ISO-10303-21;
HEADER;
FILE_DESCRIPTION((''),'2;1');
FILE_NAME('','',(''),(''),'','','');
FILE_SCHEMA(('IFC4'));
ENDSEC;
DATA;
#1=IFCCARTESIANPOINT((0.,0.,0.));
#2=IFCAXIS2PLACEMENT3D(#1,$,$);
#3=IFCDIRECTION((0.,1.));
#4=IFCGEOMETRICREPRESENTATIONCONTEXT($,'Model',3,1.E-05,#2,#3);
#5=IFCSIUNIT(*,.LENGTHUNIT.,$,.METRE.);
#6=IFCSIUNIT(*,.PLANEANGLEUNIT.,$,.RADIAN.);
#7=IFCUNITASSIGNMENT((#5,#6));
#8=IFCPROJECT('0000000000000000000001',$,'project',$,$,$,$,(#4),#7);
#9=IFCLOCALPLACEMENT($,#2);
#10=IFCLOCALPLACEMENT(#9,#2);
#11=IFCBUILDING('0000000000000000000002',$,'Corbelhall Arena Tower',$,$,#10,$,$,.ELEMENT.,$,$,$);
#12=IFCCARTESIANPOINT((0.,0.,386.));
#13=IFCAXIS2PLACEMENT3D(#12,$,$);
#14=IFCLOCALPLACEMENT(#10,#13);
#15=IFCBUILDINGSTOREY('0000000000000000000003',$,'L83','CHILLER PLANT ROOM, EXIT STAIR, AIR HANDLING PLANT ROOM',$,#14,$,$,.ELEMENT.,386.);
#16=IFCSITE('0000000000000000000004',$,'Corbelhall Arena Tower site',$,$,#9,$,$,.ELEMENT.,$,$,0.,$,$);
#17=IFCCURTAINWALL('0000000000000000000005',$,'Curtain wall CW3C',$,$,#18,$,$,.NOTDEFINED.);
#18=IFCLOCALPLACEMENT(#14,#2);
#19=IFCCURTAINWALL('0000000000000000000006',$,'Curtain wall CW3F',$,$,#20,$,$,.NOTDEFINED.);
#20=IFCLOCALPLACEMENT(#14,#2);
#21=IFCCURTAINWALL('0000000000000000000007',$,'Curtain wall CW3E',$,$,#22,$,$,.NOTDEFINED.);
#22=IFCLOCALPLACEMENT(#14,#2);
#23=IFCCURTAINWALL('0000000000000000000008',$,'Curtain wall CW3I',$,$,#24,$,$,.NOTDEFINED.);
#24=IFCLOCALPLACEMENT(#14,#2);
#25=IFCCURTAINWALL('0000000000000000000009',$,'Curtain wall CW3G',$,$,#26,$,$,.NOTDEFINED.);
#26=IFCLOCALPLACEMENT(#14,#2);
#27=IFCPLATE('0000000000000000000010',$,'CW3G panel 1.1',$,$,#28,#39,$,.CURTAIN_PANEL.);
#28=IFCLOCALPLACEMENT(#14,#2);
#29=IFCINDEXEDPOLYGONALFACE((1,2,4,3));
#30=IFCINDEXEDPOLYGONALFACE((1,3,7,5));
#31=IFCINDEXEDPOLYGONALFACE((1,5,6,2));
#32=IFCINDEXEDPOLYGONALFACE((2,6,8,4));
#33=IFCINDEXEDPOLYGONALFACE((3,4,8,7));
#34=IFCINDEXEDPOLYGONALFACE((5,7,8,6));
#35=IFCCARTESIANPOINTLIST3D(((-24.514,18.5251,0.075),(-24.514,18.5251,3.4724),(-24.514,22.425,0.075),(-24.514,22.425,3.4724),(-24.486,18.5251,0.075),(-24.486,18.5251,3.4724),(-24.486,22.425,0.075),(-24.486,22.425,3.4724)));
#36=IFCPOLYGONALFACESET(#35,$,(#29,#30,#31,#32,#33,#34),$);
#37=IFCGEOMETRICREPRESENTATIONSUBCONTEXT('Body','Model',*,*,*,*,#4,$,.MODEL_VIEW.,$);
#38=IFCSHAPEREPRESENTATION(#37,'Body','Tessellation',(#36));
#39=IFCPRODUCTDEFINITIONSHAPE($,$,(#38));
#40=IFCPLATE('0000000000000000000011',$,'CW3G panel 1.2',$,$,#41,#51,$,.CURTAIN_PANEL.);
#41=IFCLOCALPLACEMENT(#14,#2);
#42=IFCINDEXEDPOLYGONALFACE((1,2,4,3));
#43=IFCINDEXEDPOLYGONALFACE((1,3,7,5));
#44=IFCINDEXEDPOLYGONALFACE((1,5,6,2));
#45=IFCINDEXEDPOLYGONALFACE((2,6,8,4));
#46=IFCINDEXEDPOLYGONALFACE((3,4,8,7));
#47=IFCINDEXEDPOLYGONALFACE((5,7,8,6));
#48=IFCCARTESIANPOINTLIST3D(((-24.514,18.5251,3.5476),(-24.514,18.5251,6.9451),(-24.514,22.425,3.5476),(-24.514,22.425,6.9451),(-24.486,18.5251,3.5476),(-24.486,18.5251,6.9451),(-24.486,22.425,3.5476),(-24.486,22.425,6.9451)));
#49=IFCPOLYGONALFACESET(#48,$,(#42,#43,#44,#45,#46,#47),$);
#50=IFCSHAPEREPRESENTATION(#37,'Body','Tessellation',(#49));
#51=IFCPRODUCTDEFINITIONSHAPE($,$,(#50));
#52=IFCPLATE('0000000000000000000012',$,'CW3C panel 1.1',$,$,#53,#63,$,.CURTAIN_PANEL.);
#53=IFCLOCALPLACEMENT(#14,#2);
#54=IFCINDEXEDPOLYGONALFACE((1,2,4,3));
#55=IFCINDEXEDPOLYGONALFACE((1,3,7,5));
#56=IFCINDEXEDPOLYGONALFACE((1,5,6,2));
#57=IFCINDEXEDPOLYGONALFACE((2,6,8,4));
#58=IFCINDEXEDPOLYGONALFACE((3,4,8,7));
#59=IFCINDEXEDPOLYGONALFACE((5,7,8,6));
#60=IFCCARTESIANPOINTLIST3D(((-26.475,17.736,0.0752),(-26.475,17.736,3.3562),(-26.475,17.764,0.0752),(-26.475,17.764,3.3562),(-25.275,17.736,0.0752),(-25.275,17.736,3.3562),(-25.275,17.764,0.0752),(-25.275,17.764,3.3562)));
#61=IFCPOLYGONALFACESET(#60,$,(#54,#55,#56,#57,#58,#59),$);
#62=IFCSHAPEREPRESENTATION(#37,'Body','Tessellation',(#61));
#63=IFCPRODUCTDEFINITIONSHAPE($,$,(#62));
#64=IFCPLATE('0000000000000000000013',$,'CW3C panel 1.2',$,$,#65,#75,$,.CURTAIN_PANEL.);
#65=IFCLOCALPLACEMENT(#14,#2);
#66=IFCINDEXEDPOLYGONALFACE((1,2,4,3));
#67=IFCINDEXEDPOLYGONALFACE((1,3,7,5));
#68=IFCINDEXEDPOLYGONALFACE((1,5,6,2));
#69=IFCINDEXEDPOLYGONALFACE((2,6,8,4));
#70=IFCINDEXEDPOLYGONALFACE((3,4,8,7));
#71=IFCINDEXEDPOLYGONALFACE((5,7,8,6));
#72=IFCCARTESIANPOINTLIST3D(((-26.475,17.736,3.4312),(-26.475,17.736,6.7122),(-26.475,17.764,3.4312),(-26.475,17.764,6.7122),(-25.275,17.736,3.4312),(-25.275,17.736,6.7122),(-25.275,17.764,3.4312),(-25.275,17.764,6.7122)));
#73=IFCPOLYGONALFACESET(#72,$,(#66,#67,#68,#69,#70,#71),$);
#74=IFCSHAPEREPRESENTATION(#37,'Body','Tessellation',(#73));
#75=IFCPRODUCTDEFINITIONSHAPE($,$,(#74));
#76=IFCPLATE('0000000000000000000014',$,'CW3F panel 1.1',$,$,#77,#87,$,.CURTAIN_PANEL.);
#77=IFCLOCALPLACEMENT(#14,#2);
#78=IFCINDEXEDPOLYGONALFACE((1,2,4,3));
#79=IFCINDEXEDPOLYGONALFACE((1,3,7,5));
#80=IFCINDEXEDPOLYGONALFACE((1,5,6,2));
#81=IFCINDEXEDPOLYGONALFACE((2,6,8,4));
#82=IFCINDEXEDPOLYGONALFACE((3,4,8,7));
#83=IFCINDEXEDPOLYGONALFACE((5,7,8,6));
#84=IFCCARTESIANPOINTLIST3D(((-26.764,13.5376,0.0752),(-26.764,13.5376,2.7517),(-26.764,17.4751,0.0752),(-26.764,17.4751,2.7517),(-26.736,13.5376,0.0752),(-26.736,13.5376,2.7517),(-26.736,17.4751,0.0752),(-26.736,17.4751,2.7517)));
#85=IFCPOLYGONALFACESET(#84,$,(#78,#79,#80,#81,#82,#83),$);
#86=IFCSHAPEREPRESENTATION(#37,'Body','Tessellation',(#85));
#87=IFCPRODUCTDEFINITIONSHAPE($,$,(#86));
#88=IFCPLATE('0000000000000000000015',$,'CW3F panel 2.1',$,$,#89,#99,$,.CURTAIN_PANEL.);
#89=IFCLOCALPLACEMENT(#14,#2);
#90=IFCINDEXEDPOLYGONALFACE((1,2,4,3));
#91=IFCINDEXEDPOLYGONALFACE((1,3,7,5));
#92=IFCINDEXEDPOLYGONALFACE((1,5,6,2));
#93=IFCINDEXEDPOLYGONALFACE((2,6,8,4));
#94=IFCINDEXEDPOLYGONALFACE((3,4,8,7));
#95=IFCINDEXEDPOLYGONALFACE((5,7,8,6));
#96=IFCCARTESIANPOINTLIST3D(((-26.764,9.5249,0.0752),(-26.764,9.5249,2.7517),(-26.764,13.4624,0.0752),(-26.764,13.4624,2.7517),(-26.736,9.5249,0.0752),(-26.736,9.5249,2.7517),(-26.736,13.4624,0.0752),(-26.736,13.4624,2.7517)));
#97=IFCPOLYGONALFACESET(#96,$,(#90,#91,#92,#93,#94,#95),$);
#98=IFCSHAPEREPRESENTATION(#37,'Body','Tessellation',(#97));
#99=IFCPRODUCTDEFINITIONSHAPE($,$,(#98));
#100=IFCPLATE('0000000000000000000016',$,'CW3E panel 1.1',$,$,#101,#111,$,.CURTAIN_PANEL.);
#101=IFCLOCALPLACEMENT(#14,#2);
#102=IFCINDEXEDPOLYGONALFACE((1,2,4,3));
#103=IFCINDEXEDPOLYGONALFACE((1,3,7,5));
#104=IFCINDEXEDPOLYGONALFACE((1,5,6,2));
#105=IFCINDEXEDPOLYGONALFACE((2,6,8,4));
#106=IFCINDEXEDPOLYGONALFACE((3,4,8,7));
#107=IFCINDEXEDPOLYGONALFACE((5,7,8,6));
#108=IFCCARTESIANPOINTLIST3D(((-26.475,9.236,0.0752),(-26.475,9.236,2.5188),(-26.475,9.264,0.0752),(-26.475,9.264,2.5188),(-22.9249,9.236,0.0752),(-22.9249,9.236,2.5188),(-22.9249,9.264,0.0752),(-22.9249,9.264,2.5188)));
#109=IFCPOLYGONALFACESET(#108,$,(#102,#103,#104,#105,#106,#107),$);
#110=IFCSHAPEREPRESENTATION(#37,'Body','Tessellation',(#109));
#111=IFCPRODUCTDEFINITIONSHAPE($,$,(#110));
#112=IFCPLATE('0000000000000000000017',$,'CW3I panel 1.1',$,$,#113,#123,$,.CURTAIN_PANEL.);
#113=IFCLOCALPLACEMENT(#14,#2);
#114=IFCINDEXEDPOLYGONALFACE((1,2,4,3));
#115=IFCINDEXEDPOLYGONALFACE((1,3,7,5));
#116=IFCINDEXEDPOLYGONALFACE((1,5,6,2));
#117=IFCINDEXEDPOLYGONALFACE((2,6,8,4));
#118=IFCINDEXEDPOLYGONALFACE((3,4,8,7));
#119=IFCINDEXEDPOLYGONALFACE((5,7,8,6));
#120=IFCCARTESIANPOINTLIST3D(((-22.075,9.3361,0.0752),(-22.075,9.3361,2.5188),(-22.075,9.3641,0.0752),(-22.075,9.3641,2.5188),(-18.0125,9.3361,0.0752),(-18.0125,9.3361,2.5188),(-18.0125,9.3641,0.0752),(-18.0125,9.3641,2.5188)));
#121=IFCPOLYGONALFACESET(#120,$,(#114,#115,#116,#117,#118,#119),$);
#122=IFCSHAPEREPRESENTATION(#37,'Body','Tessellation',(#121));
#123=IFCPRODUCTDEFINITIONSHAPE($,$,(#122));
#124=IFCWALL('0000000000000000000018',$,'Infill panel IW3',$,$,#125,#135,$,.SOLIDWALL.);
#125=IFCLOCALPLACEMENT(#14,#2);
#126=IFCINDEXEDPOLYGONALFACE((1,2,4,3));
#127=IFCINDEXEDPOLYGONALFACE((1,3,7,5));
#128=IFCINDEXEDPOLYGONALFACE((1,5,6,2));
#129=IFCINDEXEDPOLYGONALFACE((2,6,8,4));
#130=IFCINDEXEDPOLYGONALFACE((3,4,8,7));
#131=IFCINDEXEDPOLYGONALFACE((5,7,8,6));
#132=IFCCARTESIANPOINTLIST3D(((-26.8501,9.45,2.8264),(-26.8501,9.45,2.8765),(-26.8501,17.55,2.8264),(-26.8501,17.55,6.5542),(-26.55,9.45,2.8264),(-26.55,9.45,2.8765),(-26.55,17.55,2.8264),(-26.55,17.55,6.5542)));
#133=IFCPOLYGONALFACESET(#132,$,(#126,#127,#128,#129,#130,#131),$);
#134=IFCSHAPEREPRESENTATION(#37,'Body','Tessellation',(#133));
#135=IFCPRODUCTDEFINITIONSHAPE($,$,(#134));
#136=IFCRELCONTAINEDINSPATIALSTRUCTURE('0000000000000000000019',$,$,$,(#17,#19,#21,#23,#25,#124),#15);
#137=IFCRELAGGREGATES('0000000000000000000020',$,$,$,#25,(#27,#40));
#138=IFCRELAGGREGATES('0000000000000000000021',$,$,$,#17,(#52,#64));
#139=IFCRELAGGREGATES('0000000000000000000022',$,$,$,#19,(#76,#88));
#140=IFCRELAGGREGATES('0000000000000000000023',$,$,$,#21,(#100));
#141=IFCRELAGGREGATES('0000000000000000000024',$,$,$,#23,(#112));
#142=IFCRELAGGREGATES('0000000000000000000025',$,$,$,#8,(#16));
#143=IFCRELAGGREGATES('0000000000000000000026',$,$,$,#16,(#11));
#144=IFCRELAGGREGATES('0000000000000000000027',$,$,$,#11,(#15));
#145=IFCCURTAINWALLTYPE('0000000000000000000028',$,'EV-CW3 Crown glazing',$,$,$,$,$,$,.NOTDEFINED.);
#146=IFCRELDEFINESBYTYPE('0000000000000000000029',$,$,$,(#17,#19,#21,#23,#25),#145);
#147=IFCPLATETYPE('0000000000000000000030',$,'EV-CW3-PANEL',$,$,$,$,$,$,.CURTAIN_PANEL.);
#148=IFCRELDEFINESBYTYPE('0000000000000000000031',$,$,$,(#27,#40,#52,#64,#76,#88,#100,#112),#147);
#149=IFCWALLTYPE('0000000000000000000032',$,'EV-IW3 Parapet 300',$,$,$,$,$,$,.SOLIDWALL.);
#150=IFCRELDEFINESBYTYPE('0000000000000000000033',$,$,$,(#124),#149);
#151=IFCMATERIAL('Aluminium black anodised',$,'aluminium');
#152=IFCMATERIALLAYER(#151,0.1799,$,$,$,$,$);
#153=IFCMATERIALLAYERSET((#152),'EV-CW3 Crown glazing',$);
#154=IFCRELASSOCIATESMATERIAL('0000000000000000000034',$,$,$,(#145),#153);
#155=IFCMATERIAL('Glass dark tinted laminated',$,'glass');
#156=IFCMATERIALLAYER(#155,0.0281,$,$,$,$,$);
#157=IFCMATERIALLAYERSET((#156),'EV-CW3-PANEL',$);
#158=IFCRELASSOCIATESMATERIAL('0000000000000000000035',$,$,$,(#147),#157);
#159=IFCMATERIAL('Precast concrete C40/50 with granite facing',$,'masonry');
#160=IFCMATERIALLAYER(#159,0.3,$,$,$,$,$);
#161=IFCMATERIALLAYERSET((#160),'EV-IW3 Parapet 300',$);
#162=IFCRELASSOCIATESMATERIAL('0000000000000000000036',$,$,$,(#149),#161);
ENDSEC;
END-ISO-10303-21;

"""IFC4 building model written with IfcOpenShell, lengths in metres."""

from ifc_helpers import new_model, si_unit, direction, frame, origin, origin_2d, place, context, subcontext, project, spatial, polyline, rectangle, outline, extrude, material, layer, layer_set, type_object, element, aggregate, save


model = new_model("IFC4")

# Units and contexts
model_context = context("Model", 3, precision=1e-05, world=origin(), true_north=direction((0.0, 1.0)))
body_context = subcontext(model_context, "Body", "Model", "MODEL_VIEW")
ifc_project = project(units=[si_unit("LENGTHUNIT", "METRE"), si_unit("PLANEANGLEUNIT", "RADIAN")], contexts=[model_context])

# Site, building, storey
site_placement = place(None, origin())
site = spatial("IfcSite", under=ifc_project, at=site_placement, Name="Corbelhall Arena Tower site", CompositionType="ELEMENT", RefElevation=0.0)
building_placement = place(site_placement, origin())
building = spatial("IfcBuilding", under=site, at=building_placement, Name="Corbelhall Arena Tower", CompositionType="ELEMENT")
storey_placement = place(building_placement, frame((0.0, 0.0, 386.0)))
storey = spatial("IfcBuildingStorey", under=building, at=storey_placement, Name="L83", Description="CHILLER PLANT ROOM, EXIT STAIR, AIR HANDLING PLANT ROOM", CompositionType="ELEMENT", Elevation=386.0)

# Curtain walls
ifc_material_1 = material(Name="Aluminium black anodised", Category="aluminium")
ifc_layer_1 = layer(ifc_material_1, 0.1799)
ifc_layer_set_1 = layer_set([ifc_layer_1], Name="EV-CW3 Crown glazing")
curtain_wall_type = type_object("IfcCurtainWallType", Name="EV-CW3 Crown glazing", PredefinedType="NOTDEFINED", material=ifc_layer_set_1)
curtain_wall_1_placement = place(storey_placement, origin())
curtain_wall_1 = element("IfcCurtainWall", 1, at=curtain_wall_1_placement, inside=storey, type_object=curtain_wall_type, Name="Curtain wall CW3C", PredefinedType="NOTDEFINED")
curtain_wall_2_placement = place(storey_placement, origin())
curtain_wall_2 = element("IfcCurtainWall", 2, at=curtain_wall_2_placement, inside=storey, type_object=curtain_wall_type, Name="Curtain wall CW3F", PredefinedType="NOTDEFINED")
curtain_wall_3_placement = place(storey_placement, origin())
curtain_wall_3 = element("IfcCurtainWall", 3, at=curtain_wall_3_placement, inside=storey, type_object=curtain_wall_type, Name="Curtain wall CW3E", PredefinedType="NOTDEFINED")
curtain_wall_4_placement = place(storey_placement, origin())
curtain_wall_4 = element("IfcCurtainWall", 4, at=curtain_wall_4_placement, inside=storey, type_object=curtain_wall_type, Name="Curtain wall CW3I", PredefinedType="NOTDEFINED")

# Curtain wall, plates
curtain_wall_5_placement = place(storey_placement, origin())
curtain_wall_5 = element("IfcCurtainWall", 5, at=curtain_wall_5_placement, inside=storey, type_object=curtain_wall_type, Name="Curtain wall CW3G", PredefinedType="NOTDEFINED")
ifc_material_2 = material(Name="Glass dark tinted laminated", Category="glass")
ifc_layer_2 = layer(ifc_material_2, 0.0281)
ifc_layer_set_2 = layer_set([ifc_layer_2], Name="EV-CW3-PANEL")
plate_type = type_object("IfcPlateType", Name="EV-CW3-PANEL", PredefinedType="CURTAIN_PANEL", material=ifc_layer_set_2)
plate_1_placement = place(storey_placement, frame((-24.5, 20.4751, 0.075), z_axis=(0.0, 0.0, 1.0), x_axis=(0.0, -1.0, 0.0)))
plate_1 = element("IfcPlate", 6, at=plate_1_placement, type_object=plate_type, Name="CW3G panel 1.1", PredefinedType="CURTAIN_PANEL", context=body_context, shape_type="SweptSolid", body=[
    extrude(rectangle(XDim=3.8999, YDim=0.0281, at=origin_2d()), origin(), (0.0, 0.0, 1.0), 3.3975),
])
plate_2_placement = place(storey_placement, frame((-24.5, 20.4751, 3.5476), z_axis=(0.0, 0.0, 1.0), x_axis=(0.0, -1.0, 0.0)))
plate_2 = element("IfcPlate", 7, at=plate_2_placement, type_object=plate_type, Name="CW3G panel 1.2", PredefinedType="CURTAIN_PANEL", context=body_context, shape_type="SweptSolid", body=[
    extrude(rectangle(XDim=3.8999, YDim=0.0281, at=origin_2d()), origin(), (0.0, 0.0, 1.0), 3.3975),
])
aggregate(curtain_wall_5, [plate_1, plate_2])

# Plates
plate_3_placement = place(storey_placement, frame((-25.875, 17.75, 0.0752), z_axis=(0.0, 0.0, 1.0), x_axis=(-1.0, 0.0, 0.0)))
plate_3 = element("IfcPlate", 8, at=plate_3_placement, type_object=plate_type, Name="CW3C panel 1.1", PredefinedType="CURTAIN_PANEL", context=body_context, shape_type="SweptSolid", body=[
    extrude(rectangle(XDim=1.2, YDim=0.0281, at=origin_2d()), origin(), (0.0, 0.0, 1.0), 3.281),
])
plate_4_placement = place(storey_placement, frame((-25.875, 17.75, 3.4312), z_axis=(0.0, 0.0, 1.0), x_axis=(-1.0, 0.0, 0.0)))
plate_4 = element("IfcPlate", 9, at=plate_4_placement, type_object=plate_type, Name="CW3C panel 1.2", PredefinedType="CURTAIN_PANEL", context=body_context, shape_type="SweptSolid", body=[
    extrude(rectangle(XDim=1.2, YDim=0.0281, at=origin_2d()), origin(), (0.0, 0.0, 1.0), 3.281),
])
aggregate(curtain_wall_1, [plate_3, plate_4])
plate_5_placement = place(storey_placement, frame((-26.75, 15.5063, 0.0752), z_axis=(0.0, 0.0, 1.0), x_axis=(0.0, -1.0, 0.0)))
plate_5 = element("IfcPlate", 10, at=plate_5_placement, type_object=plate_type, Name="CW3F panel 1.1", PredefinedType="CURTAIN_PANEL", context=body_context, shape_type="SweptSolid", body=[
    extrude(rectangle(XDim=3.9375, YDim=0.0281, at=origin_2d()), origin(), (0.0, 0.0, 1.0), 2.6765),
])
plate_6_placement = place(storey_placement, frame((-26.75, 11.4937, 0.0752), z_axis=(0.0, 0.0, 1.0), x_axis=(0.0, -1.0, 0.0)))
plate_6 = element("IfcPlate", 11, at=plate_6_placement, type_object=plate_type, Name="CW3F panel 2.1", PredefinedType="CURTAIN_PANEL", context=body_context, shape_type="SweptSolid", body=[
    extrude(rectangle(XDim=3.9375, YDim=0.0281, at=origin_2d()), origin(), (0.0, 0.0, 1.0), 2.6765),
])
aggregate(curtain_wall_2, [plate_5, plate_6])
plate_7_placement = place(storey_placement, frame((-24.7, 9.25, 0.0752), z_axis=(0.0, 0.0, 1.0), x_axis=(1.0, 0.0, 0.0)))
plate_7 = element("IfcPlate", 12, at=plate_7_placement, type_object=plate_type, Name="CW3E panel 1.1", PredefinedType="CURTAIN_PANEL", context=body_context, shape_type="SweptSolid", body=[
    extrude(rectangle(XDim=3.55, YDim=0.0281, at=origin_2d()), origin(), (0.0, 0.0, 1.0), 2.4436),
])
aggregate(curtain_wall_3, [plate_7])
plate_8_placement = place(storey_placement, frame((-20.0437, 9.3501, 0.0752), z_axis=(0.0, 0.0, 1.0), x_axis=(1.0, 0.0, 0.0)))
plate_8 = element("IfcPlate", 13, at=plate_8_placement, type_object=plate_type, Name="CW3I panel 1.1", PredefinedType="CURTAIN_PANEL", context=body_context, shape_type="SweptSolid", body=[
    extrude(rectangle(XDim=4.0625, YDim=0.0281, at=origin_2d()), origin(), (0.0, 0.0, 1.0), 2.4436),
])
aggregate(curtain_wall_4, [plate_8])

# Wall
ifc_material_3 = material(Name="Precast concrete C40/50 with granite facing", Category="masonry")
ifc_layer_3 = layer(ifc_material_3, 0.3)
ifc_layer_set_3 = layer_set([ifc_layer_3], Name="EV-IW3 Parapet 300")
wall_type = type_object("IfcWallType", Name="EV-IW3 Parapet 300", PredefinedType="SOLIDWALL", material=ifc_layer_set_3)
wall_placement = place(storey_placement, frame((-26.7, 17.55, 2.8264), z_axis=(0.0, 0.0, 1.0), x_axis=(0.0, -1.0, 0.0)))
element("IfcWall", 14, at=wall_placement, inside=storey, type_object=wall_type, Name="Infill panel IW3", PredefinedType="SOLIDWALL", context=body_context, shape_type="SweptSolid", body=[
    extrude(outline(polyline([(0.0, 0.0), (8.1001, 0.0), (8.1001, 0.05), (0.0, 3.7278), (0.0, 0.0)])), frame((0.0, 0.1499, 0.0), z_axis=(0.0, -1.0, 0.0), x_axis=(1.0, 0.0, 0.0)), (0.0, 0.0, 1.0), 0.3),
])

save(model, "model.ifc")
